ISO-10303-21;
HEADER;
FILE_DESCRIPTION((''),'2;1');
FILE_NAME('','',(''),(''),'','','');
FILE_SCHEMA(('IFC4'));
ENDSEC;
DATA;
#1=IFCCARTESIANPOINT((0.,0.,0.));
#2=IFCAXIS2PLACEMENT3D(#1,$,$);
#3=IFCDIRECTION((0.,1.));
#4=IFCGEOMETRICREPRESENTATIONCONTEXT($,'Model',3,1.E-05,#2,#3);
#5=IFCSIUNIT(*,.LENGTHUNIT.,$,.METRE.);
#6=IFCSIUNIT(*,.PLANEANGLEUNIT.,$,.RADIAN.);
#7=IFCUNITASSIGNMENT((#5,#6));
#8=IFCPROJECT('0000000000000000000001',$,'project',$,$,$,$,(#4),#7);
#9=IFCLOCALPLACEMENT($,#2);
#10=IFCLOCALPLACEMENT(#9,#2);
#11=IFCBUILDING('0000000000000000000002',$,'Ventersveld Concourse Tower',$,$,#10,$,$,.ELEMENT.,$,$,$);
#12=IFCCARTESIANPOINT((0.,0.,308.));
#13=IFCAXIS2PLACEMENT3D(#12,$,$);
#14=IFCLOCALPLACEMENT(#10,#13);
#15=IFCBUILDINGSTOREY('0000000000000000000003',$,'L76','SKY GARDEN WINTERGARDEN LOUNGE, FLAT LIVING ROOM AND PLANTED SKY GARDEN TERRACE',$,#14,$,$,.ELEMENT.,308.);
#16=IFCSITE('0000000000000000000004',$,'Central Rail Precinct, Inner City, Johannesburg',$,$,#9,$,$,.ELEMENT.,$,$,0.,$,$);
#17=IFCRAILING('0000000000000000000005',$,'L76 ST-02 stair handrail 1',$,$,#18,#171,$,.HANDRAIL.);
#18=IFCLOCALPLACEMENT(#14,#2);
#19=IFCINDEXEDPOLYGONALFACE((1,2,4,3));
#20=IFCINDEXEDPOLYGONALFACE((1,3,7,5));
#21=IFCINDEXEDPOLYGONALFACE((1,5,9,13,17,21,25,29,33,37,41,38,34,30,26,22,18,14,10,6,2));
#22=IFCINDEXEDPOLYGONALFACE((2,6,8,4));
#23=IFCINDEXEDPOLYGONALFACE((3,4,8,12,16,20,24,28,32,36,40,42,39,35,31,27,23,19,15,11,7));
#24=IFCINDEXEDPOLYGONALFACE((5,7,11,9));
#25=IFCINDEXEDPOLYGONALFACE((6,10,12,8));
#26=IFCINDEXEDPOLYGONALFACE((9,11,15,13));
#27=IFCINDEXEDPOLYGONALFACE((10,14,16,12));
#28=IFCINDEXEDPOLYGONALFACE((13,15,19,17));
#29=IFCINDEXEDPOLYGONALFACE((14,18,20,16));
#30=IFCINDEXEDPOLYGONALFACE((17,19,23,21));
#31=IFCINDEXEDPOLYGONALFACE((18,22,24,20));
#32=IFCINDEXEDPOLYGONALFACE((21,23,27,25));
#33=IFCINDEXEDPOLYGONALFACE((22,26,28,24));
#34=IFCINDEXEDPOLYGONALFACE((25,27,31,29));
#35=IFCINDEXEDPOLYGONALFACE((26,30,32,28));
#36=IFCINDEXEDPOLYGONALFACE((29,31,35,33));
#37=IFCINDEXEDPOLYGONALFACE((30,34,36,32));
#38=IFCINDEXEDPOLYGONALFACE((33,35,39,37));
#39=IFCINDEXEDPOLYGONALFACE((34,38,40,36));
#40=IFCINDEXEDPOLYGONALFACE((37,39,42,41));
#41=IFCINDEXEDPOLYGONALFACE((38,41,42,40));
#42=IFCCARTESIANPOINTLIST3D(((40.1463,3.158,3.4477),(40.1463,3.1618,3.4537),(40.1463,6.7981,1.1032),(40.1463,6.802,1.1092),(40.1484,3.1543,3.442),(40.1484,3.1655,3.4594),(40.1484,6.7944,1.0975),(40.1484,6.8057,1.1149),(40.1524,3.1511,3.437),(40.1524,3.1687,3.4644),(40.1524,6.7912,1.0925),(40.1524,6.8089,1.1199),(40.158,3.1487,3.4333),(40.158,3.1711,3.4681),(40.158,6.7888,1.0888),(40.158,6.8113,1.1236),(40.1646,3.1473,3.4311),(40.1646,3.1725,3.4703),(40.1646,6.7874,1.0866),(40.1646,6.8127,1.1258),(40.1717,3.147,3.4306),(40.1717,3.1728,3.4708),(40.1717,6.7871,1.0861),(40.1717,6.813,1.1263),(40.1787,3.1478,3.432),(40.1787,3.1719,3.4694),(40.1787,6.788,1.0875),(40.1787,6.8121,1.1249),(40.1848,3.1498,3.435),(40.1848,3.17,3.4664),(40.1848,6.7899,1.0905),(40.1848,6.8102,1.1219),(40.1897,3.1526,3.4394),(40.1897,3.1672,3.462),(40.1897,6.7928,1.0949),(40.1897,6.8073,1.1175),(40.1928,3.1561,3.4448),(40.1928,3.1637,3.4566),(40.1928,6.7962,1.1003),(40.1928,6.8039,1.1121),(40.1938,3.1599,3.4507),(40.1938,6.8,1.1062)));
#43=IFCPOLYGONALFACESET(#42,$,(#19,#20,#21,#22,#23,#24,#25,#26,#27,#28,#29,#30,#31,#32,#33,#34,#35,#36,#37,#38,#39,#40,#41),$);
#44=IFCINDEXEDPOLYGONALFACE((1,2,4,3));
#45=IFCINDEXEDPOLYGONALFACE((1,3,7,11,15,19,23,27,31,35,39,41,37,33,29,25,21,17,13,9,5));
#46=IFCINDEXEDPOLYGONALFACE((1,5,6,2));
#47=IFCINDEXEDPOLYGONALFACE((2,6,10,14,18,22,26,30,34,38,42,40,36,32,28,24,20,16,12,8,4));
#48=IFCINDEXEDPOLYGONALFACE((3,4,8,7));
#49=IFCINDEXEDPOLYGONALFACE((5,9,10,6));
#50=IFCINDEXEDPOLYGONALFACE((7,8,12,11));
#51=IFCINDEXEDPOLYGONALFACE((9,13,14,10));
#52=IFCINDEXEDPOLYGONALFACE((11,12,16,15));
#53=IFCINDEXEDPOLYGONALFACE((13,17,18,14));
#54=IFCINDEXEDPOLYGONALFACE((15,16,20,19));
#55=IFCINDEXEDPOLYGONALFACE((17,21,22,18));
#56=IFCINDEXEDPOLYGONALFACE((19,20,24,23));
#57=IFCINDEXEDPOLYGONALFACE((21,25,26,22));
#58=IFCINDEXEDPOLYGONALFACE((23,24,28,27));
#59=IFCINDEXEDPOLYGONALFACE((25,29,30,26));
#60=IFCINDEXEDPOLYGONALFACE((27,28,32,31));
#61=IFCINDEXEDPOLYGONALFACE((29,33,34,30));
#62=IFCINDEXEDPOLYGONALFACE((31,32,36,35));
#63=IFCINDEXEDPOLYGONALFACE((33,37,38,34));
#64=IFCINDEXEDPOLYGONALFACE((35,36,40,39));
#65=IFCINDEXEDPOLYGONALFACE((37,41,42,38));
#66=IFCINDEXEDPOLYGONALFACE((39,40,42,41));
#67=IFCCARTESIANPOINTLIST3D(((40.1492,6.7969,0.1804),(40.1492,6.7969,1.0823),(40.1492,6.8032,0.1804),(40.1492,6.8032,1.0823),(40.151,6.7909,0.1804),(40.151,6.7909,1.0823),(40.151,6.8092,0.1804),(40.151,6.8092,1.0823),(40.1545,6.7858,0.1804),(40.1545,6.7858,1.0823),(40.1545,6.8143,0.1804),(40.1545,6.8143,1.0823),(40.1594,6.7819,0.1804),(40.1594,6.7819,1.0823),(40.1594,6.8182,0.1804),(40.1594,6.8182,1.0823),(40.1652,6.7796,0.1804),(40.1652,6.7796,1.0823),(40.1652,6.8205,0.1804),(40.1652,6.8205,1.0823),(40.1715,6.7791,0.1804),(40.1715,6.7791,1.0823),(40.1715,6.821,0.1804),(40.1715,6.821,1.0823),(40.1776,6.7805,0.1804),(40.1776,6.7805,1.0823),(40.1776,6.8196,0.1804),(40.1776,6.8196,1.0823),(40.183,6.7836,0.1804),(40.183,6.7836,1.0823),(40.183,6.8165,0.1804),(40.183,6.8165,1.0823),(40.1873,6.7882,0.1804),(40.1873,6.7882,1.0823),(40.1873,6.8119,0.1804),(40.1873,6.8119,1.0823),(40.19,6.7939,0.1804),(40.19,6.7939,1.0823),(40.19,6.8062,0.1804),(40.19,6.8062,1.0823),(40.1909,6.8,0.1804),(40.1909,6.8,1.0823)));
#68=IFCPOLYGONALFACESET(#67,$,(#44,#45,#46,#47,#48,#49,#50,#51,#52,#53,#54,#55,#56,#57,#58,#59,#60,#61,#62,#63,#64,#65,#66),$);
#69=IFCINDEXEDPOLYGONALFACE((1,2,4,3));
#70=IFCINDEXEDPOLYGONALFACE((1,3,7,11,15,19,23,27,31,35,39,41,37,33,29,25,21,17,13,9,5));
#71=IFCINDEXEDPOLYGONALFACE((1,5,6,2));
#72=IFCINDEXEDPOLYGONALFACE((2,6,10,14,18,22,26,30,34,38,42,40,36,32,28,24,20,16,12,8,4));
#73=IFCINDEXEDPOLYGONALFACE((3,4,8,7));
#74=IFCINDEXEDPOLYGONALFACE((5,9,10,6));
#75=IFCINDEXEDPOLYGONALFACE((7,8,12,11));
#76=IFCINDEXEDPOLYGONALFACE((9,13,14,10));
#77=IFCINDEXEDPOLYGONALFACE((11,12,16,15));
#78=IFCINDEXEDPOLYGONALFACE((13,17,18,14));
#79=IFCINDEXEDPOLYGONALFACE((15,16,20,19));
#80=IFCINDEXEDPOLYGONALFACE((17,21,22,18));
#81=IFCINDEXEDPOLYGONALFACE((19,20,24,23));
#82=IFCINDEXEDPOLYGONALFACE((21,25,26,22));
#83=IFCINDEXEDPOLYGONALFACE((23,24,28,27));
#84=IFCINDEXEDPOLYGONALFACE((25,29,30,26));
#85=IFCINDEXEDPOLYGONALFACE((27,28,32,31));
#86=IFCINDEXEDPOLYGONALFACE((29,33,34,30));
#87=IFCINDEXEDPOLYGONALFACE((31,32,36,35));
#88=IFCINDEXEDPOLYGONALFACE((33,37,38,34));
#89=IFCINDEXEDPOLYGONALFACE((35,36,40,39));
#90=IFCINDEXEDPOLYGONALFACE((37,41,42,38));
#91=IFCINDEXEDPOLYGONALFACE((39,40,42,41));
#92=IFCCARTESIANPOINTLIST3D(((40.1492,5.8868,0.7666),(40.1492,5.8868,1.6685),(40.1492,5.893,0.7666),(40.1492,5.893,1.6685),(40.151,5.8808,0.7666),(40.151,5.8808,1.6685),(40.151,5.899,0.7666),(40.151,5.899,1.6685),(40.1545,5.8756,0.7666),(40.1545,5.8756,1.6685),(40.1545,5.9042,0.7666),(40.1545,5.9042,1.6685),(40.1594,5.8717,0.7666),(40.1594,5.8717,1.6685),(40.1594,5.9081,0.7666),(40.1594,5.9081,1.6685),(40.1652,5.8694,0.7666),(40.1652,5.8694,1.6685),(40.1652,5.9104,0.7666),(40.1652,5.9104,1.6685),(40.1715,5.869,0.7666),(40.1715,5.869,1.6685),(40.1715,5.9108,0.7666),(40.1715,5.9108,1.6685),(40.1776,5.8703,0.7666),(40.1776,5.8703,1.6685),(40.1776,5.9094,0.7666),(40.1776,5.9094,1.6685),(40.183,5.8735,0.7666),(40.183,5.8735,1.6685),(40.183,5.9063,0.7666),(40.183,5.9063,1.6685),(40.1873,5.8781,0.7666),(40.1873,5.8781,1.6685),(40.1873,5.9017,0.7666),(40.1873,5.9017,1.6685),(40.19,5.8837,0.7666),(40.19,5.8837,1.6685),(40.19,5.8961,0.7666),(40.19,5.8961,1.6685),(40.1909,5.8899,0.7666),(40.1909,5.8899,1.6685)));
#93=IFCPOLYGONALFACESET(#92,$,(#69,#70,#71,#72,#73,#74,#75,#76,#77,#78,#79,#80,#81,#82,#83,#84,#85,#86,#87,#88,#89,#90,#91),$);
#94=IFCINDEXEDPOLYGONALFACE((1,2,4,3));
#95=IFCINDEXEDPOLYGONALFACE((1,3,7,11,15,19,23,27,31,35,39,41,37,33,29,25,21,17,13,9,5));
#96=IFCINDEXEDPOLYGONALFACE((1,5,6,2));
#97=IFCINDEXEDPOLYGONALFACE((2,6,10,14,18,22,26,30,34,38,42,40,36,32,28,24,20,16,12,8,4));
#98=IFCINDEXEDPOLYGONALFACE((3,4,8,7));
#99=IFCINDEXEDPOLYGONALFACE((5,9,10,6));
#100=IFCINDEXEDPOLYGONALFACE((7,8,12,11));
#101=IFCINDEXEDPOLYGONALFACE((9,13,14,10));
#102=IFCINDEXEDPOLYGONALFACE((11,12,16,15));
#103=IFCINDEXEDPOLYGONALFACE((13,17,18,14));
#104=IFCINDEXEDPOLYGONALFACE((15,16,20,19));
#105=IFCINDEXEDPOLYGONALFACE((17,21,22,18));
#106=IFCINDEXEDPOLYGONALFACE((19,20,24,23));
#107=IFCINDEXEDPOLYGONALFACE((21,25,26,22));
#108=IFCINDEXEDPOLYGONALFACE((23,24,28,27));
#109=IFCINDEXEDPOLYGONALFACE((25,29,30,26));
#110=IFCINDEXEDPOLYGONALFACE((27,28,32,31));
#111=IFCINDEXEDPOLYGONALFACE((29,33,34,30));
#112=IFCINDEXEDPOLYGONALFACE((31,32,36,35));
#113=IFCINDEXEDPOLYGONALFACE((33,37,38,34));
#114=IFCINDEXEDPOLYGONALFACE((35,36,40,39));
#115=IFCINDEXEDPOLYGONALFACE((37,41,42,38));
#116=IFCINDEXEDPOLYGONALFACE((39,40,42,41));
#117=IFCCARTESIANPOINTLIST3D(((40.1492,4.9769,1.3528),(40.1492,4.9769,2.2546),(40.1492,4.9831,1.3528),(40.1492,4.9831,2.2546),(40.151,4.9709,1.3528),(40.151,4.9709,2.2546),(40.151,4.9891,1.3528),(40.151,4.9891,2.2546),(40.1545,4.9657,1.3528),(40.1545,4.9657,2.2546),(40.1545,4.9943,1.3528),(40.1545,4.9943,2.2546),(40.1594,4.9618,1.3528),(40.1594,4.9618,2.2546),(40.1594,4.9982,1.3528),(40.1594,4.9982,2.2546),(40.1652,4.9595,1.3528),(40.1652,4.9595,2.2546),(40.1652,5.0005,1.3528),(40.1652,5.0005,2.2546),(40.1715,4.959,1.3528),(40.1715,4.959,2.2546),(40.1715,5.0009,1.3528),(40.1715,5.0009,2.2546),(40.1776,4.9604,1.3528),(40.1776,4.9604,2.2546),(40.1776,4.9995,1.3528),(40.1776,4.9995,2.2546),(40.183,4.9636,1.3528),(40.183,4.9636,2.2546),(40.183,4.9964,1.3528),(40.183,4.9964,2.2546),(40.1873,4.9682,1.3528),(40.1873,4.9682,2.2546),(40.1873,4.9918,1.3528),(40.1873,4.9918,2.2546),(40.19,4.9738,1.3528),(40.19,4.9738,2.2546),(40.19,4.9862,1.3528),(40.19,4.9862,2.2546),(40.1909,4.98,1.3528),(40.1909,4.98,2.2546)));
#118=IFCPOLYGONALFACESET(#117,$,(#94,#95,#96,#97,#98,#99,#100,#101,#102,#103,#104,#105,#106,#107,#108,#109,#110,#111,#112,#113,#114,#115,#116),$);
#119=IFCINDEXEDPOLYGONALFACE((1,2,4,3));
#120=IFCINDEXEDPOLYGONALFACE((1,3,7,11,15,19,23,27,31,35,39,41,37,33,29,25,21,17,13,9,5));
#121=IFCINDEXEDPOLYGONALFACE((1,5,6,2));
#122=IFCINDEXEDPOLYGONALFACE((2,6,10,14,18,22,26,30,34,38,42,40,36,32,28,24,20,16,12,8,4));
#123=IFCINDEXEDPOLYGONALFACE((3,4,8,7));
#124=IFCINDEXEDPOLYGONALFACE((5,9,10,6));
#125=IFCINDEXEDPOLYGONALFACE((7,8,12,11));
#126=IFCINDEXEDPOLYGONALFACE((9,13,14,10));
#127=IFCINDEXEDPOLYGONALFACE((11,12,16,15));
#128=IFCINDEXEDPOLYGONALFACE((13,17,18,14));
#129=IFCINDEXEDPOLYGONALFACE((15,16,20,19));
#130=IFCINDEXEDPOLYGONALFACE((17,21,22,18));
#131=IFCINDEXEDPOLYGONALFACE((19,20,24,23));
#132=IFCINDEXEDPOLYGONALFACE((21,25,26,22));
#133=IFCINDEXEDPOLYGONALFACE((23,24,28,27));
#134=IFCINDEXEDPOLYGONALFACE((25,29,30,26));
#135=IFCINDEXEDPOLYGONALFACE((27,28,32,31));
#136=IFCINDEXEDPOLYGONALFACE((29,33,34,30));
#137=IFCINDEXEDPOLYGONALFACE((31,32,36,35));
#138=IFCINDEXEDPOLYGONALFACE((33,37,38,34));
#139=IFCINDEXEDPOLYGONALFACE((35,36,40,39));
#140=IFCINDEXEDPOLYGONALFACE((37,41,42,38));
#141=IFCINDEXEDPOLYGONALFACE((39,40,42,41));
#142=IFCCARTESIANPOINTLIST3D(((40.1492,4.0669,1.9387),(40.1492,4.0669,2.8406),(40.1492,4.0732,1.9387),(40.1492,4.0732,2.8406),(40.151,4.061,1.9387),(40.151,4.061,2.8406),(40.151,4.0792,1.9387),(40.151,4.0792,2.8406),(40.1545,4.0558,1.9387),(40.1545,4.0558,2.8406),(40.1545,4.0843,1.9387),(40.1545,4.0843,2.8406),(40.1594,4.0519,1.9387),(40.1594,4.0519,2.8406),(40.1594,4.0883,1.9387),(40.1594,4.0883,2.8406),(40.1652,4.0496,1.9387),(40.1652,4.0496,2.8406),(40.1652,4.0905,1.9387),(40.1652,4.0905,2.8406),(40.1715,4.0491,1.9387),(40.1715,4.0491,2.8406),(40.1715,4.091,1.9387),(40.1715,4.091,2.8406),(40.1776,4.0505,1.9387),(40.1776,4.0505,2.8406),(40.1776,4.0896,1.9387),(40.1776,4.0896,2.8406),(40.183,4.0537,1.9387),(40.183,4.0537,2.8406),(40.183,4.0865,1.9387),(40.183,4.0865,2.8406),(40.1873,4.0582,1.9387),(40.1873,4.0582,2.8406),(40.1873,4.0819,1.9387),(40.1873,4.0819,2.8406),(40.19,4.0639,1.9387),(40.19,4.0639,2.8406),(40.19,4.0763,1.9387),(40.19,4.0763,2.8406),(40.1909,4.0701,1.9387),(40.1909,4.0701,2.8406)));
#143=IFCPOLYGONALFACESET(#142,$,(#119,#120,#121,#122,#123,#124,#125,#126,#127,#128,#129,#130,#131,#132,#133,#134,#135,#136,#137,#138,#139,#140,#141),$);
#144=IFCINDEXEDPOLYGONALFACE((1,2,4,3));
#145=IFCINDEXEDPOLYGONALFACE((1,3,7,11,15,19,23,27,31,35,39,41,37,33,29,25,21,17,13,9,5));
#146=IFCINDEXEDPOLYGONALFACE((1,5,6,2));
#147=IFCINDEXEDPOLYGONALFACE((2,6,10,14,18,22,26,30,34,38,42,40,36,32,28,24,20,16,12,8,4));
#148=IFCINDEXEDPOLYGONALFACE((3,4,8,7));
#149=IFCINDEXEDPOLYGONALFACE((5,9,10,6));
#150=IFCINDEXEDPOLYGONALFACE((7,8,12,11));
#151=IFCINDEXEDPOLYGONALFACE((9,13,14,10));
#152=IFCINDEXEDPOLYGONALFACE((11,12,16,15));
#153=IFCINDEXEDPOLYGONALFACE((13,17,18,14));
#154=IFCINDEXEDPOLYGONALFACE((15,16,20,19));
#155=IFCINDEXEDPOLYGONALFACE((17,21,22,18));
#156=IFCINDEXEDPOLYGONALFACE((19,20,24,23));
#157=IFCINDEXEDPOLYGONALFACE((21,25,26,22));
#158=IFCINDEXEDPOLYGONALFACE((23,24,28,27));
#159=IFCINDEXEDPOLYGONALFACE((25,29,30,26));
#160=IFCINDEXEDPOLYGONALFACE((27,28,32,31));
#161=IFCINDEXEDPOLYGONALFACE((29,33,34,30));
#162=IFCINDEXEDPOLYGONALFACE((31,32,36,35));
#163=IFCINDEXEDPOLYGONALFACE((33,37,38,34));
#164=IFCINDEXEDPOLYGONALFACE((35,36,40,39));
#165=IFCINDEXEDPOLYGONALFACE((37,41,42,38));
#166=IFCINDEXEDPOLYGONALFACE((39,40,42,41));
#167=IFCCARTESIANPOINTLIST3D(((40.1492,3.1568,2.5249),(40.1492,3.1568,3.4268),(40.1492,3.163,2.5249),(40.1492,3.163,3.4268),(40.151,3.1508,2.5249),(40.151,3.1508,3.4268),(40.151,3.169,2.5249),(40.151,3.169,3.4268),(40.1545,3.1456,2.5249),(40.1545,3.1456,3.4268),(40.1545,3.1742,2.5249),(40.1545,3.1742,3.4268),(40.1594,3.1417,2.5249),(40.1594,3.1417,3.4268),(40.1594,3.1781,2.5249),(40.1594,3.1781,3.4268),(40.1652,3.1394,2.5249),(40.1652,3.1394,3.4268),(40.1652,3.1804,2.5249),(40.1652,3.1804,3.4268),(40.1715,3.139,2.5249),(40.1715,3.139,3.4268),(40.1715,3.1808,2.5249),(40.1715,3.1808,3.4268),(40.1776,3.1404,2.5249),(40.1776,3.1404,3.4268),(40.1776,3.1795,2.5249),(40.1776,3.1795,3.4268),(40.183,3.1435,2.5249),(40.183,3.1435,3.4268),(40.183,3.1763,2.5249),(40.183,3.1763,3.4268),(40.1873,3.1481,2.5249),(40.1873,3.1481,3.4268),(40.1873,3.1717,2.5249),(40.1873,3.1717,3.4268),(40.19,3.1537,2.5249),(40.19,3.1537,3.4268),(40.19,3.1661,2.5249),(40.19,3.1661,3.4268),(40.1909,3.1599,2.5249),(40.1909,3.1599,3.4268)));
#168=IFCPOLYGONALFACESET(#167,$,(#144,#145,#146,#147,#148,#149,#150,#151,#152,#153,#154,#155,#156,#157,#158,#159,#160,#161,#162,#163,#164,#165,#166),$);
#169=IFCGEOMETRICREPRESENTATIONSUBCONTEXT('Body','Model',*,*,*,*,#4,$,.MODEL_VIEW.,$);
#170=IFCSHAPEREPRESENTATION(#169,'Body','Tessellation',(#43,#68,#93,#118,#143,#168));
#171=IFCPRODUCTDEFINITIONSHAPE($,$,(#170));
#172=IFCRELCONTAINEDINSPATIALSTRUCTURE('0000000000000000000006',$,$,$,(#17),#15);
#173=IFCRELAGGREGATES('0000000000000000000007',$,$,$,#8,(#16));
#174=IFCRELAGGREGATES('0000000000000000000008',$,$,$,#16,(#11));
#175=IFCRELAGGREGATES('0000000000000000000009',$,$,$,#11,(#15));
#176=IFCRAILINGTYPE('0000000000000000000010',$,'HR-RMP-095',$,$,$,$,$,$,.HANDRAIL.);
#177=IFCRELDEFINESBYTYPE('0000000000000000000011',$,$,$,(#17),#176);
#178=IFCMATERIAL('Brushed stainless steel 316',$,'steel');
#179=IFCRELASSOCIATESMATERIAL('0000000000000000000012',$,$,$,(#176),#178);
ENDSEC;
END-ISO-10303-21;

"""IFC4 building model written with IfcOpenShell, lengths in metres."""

from ifc_helpers import new_model, si_unit, direction, frame, origin, origin_2d, place, context, subcontext, project, spatial, circle, extrude, material, type_object, element, save


model = new_model("IFC4")

# Units and contexts
model_context = context("Model", 3, precision=1e-05, world=origin(), true_north=direction((0.0, 1.0)))
body_context = subcontext(model_context, "Body", "Model", "MODEL_VIEW")
ifc_project = project(units=[si_unit("LENGTHUNIT", "METRE"), si_unit("PLANEANGLEUNIT", "RADIAN")], contexts=[model_context])

# Site, building, storey
site_placement = place(None, origin())
site = spatial("IfcSite", under=ifc_project, at=site_placement, Name="Central Rail Precinct, Inner City, Johannesburg", CompositionType="ELEMENT", RefElevation=0.0)
building_placement = place(site_placement, origin())
building = spatial("IfcBuilding", under=site, at=building_placement, Name="Ventersveld Concourse Tower", CompositionType="ELEMENT")
storey_placement = place(building_placement, frame((0.0, 0.0, 308.0)))
storey = spatial("IfcBuildingStorey", under=building, at=storey_placement, Name="L76", Description="SKY GARDEN WINTERGARDEN LOUNGE, FLAT LIVING ROOM AND PLANTED SKY GARDEN TERRACE", CompositionType="ELEMENT", Elevation=308.0)

# Shared definitions
ifc_material_1 = material(Name="Brushed stainless steel 316", Category="steel")

# Railing
railing_type_1 = type_object("IfcRailingType", Name="HR-RMP-095", PredefinedType="HANDRAIL", material=ifc_material_1)
railing_1_placement = place(storey_placement, frame((40.1699, 6.8, 0.1804)))
element("IfcRailing", 1, at=railing_1_placement, inside=storey, type_object=railing_type_1, Name="L76 ST-02 stair handrail 1", PredefinedType="HANDRAIL", context=body_context, shape_type="SweptSolid", body=[
    extrude(circle(Radius=0.0239, at=origin_2d()), frame((0.0, 0.0, 0.9258), z_axis=(0.0, -0.840716, 0.541476), x_axis=(1.0, 0.0, 0.0)), (0.0, 0.0, 1.0), 4.3298),
    extrude(circle(Radius=0.021, at=origin_2d()), origin(), (0.0, 0.0, 1.0), 0.9019),
    extrude(circle(Radius=0.021, at=origin_2d()), frame((0.0, -0.9102, 0.5862)), (0.0, 0.0, 1.0), 0.9019),
    extrude(circle(Radius=0.021, at=origin_2d()), frame((0.0, -1.8201, 1.1724)), (0.0, 0.0, 1.0), 0.9019),
    extrude(circle(Radius=0.021, at=origin_2d()), frame((0.0, -2.73, 1.7583)), (0.0, 0.0, 1.0), 0.9019),
    extrude(circle(Radius=0.021, at=origin_2d()), frame((0.0, -3.6401, 2.3445)), (0.0, 0.0, 1.0), 0.9019),
])

save(model, "model.ifc")
